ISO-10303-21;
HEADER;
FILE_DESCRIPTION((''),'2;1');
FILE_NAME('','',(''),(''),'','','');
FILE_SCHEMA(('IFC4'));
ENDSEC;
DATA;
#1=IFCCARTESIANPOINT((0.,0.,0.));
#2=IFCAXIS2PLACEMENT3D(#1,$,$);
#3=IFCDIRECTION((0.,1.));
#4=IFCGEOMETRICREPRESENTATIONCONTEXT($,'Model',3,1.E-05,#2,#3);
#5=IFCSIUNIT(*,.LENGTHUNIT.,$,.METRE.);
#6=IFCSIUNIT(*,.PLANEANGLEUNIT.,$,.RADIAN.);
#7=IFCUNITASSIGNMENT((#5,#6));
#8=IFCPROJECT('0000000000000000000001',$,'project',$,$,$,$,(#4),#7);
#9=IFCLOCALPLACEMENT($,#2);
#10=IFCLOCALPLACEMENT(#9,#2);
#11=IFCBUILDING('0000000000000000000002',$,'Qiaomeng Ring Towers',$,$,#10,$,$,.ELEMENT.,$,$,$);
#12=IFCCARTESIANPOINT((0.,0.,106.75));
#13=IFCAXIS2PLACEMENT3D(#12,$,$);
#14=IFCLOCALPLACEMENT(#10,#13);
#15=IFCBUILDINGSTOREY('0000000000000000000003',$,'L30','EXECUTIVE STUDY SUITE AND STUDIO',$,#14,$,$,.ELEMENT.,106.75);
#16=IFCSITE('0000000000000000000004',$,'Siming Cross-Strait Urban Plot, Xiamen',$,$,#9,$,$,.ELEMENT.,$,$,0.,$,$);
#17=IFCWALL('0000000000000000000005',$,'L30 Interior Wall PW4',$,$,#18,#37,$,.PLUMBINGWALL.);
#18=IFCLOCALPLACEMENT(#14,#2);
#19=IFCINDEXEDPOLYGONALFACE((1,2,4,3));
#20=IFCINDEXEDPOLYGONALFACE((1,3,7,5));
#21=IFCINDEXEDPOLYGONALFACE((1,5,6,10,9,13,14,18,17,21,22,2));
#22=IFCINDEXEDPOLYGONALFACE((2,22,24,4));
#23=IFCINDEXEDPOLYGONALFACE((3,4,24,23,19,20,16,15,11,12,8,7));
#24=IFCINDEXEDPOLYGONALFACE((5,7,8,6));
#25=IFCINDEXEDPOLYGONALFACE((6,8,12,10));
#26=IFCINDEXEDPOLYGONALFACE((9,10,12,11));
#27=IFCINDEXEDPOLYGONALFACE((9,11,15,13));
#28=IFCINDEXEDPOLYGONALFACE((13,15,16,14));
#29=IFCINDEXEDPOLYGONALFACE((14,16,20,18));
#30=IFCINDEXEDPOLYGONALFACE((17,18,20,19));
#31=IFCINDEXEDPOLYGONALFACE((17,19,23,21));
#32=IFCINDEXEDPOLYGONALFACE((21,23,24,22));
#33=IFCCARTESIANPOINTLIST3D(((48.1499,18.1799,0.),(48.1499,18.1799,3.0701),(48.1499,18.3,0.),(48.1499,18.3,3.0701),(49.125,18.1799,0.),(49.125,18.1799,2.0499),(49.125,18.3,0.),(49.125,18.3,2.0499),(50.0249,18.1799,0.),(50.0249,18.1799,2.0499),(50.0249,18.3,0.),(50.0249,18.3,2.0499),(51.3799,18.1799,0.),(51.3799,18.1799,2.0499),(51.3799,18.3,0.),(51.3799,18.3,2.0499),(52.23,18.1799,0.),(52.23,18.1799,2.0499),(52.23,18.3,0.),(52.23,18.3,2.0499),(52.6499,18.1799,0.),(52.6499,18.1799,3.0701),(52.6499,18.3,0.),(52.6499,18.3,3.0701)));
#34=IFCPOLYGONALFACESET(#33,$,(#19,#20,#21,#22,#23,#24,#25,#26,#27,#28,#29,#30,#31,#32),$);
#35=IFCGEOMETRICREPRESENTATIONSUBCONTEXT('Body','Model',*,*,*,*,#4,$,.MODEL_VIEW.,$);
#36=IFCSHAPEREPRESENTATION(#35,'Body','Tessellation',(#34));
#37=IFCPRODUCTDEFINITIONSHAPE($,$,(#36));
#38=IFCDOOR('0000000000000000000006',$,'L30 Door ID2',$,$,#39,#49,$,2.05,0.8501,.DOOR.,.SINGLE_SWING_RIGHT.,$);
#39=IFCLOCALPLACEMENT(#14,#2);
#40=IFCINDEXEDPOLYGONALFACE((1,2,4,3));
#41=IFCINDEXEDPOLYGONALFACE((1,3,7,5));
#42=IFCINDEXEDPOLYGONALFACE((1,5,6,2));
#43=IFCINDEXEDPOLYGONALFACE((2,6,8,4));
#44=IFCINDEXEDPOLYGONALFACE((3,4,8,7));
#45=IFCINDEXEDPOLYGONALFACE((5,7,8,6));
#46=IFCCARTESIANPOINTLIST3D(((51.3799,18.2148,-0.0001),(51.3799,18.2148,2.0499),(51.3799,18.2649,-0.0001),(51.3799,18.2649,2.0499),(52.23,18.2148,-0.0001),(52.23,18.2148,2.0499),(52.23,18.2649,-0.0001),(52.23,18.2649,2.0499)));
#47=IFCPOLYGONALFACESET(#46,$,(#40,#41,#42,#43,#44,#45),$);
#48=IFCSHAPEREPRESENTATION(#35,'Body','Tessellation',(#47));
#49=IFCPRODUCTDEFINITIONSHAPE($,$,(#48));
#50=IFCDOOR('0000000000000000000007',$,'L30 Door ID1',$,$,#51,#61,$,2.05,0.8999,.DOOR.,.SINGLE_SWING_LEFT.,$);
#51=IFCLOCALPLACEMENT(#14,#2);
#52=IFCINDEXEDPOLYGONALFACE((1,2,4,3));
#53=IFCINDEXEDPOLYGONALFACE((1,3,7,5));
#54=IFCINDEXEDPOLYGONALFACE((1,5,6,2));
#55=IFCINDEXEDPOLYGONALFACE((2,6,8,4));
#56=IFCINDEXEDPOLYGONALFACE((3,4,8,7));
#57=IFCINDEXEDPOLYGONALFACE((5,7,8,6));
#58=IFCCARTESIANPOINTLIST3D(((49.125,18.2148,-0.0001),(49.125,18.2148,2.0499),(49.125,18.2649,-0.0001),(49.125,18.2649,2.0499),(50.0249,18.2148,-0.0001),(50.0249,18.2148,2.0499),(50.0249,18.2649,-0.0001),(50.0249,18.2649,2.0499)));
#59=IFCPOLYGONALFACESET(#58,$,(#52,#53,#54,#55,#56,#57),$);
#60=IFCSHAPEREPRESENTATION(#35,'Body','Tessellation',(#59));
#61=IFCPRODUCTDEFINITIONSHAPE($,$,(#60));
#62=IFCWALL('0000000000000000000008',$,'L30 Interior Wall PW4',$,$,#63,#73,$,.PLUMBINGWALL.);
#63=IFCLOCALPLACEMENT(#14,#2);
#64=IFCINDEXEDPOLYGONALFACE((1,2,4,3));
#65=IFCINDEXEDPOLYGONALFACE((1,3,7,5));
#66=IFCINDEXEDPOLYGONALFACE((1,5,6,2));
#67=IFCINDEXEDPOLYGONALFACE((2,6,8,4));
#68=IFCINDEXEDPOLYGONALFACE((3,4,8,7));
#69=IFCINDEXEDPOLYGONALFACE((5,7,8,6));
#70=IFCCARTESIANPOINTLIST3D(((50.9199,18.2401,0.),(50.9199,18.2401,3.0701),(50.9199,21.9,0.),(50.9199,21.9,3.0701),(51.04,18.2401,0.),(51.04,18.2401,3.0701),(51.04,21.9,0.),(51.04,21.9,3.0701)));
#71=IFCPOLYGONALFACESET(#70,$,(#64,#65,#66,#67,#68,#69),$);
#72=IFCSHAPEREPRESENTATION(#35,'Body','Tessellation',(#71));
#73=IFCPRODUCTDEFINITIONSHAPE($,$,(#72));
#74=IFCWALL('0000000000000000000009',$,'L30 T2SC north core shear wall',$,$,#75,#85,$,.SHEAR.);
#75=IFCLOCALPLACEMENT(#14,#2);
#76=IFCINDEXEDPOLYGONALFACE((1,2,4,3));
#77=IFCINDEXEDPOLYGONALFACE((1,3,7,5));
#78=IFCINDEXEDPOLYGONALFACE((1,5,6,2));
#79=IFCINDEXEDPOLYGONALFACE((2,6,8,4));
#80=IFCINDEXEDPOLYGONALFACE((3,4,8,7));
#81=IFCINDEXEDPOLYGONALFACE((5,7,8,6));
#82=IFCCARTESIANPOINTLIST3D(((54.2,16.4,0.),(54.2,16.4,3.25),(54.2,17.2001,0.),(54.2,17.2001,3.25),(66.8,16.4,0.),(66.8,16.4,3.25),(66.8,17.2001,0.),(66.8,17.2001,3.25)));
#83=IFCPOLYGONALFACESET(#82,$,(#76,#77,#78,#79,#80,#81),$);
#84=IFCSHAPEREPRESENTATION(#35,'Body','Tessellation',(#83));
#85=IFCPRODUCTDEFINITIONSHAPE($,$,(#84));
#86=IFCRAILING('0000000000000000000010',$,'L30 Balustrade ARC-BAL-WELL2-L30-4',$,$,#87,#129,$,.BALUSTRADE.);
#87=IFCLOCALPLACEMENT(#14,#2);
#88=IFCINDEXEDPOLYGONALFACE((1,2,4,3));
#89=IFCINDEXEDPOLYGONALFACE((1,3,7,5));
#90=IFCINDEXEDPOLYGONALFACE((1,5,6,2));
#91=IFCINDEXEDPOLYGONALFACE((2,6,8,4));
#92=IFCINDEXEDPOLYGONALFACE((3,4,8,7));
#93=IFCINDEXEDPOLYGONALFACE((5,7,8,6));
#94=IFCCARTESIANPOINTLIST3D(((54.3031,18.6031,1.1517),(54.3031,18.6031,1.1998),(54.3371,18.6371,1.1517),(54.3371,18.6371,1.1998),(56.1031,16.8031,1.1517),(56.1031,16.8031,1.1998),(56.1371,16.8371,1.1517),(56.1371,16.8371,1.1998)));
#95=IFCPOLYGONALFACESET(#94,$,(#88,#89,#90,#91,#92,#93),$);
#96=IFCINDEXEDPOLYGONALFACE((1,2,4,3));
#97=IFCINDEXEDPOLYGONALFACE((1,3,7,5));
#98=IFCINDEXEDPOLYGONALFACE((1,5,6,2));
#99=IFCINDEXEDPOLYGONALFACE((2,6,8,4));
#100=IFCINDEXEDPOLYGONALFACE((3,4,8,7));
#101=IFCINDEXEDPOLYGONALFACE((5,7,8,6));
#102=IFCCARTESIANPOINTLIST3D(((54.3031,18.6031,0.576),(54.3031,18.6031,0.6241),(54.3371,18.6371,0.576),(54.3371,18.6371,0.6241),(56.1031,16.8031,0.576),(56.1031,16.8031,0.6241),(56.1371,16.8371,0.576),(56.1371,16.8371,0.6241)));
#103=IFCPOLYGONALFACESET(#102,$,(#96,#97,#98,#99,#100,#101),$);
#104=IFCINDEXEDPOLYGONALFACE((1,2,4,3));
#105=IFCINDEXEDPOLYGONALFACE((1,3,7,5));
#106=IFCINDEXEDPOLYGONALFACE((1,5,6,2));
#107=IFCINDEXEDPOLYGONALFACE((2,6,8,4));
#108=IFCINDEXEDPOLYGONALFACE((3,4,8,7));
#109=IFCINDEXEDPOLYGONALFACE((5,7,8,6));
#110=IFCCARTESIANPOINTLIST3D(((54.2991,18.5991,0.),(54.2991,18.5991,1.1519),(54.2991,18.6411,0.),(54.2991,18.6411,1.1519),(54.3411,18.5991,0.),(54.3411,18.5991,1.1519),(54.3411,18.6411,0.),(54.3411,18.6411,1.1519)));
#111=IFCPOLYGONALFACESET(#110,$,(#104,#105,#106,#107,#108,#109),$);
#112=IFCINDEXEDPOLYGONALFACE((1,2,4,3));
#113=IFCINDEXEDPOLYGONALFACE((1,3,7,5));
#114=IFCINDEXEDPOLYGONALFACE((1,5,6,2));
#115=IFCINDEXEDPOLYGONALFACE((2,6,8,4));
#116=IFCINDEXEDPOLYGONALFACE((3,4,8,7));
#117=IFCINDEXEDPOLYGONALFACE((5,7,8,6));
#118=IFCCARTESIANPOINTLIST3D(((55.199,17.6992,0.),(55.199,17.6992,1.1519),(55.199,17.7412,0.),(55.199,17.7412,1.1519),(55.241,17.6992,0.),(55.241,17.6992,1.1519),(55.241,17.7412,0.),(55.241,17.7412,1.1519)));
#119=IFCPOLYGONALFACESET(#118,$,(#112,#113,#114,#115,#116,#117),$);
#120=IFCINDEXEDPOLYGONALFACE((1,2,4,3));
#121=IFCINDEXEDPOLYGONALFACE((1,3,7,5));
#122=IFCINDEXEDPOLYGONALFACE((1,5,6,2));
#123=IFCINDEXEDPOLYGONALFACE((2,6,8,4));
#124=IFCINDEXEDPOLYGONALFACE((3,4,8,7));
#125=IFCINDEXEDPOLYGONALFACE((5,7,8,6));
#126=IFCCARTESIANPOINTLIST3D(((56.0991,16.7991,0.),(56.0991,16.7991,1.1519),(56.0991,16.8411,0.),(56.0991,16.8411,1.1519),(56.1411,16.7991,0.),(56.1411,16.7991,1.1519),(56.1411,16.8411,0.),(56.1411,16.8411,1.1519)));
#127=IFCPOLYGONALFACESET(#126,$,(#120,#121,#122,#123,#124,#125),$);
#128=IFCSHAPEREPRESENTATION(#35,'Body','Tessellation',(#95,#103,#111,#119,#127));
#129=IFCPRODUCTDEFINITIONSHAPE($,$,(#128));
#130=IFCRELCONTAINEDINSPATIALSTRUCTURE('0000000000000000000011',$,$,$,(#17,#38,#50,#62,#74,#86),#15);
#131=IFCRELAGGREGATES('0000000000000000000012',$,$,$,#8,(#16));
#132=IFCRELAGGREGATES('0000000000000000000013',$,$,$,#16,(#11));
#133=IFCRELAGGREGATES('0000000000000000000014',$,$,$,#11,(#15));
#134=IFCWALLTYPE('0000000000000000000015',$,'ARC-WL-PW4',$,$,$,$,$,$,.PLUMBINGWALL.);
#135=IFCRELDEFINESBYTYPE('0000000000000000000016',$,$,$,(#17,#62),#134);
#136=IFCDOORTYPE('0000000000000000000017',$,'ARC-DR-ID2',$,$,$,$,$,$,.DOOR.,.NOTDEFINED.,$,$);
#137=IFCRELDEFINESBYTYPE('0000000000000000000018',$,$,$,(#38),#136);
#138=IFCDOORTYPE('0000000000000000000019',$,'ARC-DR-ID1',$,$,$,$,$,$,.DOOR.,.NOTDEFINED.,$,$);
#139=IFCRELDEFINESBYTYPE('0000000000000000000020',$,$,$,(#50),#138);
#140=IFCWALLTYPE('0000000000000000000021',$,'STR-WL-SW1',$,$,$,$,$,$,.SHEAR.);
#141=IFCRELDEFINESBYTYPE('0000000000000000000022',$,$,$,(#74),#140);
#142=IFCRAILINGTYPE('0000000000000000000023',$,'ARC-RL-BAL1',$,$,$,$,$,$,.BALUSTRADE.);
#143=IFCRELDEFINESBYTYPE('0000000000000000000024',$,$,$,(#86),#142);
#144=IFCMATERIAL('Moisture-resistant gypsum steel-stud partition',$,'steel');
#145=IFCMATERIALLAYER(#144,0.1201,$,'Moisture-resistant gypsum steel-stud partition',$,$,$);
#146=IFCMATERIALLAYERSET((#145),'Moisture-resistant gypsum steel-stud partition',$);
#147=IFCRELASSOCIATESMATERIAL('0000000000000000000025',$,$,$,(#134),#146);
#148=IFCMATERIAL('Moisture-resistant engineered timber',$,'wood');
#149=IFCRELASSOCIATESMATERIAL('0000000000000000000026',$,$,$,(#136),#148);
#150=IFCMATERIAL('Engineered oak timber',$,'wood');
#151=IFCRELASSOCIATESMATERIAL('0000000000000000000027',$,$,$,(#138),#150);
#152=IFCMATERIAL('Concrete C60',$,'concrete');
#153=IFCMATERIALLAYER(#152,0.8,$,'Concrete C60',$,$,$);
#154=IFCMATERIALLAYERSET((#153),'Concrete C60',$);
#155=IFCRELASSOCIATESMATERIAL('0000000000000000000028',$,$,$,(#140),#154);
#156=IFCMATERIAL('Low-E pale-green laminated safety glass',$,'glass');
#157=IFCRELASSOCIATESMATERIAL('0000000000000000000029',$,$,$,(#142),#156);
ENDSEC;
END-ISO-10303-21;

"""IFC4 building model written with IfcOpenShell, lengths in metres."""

from ifc_helpers import new_model, si_unit, direction, frame, frame_2d, origin, origin_2d, place, context, subcontext, project, spatial, rectangle, extrude, source, transform, mapped, material, layer, layer_set, type_object, element, fill, save


model = new_model("IFC4")

# Units and contexts
model_context = context("Model", 3, precision=1e-05, world=origin(), true_north=direction((0.0, 1.0)))
body_context = subcontext(model_context, "Body", "Model", "MODEL_VIEW")
ifc_project = project(units=[si_unit("LENGTHUNIT", "METRE"), si_unit("PLANEANGLEUNIT", "RADIAN")], contexts=[model_context])

# Site, building, storey
site_placement = place(None, origin())
site = spatial("IfcSite", under=ifc_project, at=site_placement, Name="Siming Cross-Strait Urban Plot, Xiamen", CompositionType="ELEMENT", RefElevation=0.0)
building_placement = place(site_placement, origin())
building = spatial("IfcBuilding", under=site, at=building_placement, Name="Qiaomeng Ring Towers", CompositionType="ELEMENT")
storey_placement = place(building_placement, frame((0.0, 0.0, 106.75)))
storey = spatial("IfcBuildingStorey", under=building, at=storey_placement, Name="L30", Description="EXECUTIVE STUDY SUITE AND STUDIO", CompositionType="ELEMENT", Elevation=106.75)

# Wall, openings, doors
ifc_material_1 = material(Name="Moisture-resistant gypsum steel-stud partition", Category="steel")
ifc_layer_1 = layer(ifc_material_1, 0.1201, Name="Moisture-resistant gypsum steel-stud partition")
ifc_layer_set_1 = layer_set([ifc_layer_1], Name="Moisture-resistant gypsum steel-stud partition")
wall_type_1 = type_object("IfcWallType", Name="ARC-WL-PW4", PredefinedType="PLUMBINGWALL", material=ifc_layer_set_1)
wall_1_placement = place(storey_placement, frame((48.1499, 18.24, 0.0), z_axis=(0.0, 0.0, 1.0), x_axis=(1.0, 0.0, 0.0)))
wall_1 = element("IfcWall", 1, at=wall_1_placement, inside=storey, type_object=wall_type_1, Name="L30 Interior Wall PW4", PredefinedType="PLUMBINGWALL", context=body_context, shape_type="SweptSolid", body=[
    extrude(rectangle(XDim=4.5, YDim=0.1201, at=frame_2d((2.25, 0.0))), origin(), (0.0, 0.0, 1.0), 3.0701),
])
opening_1_placement = place(wall_1_placement, frame((0.9751, 0.0, 0.0)))
opening_1 = element("IfcOpeningElement", 2, at=opening_1_placement, cuts=wall_1, PredefinedType="OPENING", context=body_context, shape_type="SweptSolid", body=[
    extrude(rectangle(XDim=0.8999, YDim=2.05, at=frame_2d((0.45, 1.0249))), frame((0.0, 0.0701, 0.0), z_axis=(0.0, -1.0, 0.0), x_axis=(1.0, 0.0, 0.0)), (0.0, 0.0, 1.0), 0.1401),
])
opening_2_placement = place(wall_1_placement, frame((3.23, 0.0, 0.0)))
opening_2 = element("IfcOpeningElement", 3, at=opening_2_placement, cuts=wall_1, PredefinedType="OPENING", context=body_context, shape_type="SweptSolid", body=[
    extrude(rectangle(XDim=0.8501, YDim=2.05, at=frame_2d((0.425, 1.0249))), frame((0.0, 0.0701, 0.0), z_axis=(0.0, -1.0, 0.0), x_axis=(1.0, 0.0, 0.0)), (0.0, 0.0, 1.0), 0.1401),
])
ifc_material_2 = material(Name="Moisture-resistant engineered timber", Category="wood")
door_type_1 = type_object("IfcDoorType", Name="ARC-DR-ID2", OperationType="NOTDEFINED", PredefinedType="DOOR", material=ifc_material_2)
shared_shape_1 = source(origin(), body_context, "Body", "SweptSolid", [
    extrude(rectangle(XDim=0.8501, YDim=2.05, at=frame_2d((0.425, 1.0249))), frame((0.0, 0.0249, 0.0), z_axis=(0.0, -1.0, 0.0), x_axis=(1.0, 0.0, 0.0)), (0.0, 0.0, 1.0), 0.05),
])
door_1_placement = place(opening_2_placement, origin())
door_1 = element("IfcDoor", 4, at=door_1_placement, inside=storey, type_object=door_type_1, Name="L30 Door ID2", OperationType="SINGLE_SWING_RIGHT", OverallHeight=2.05, OverallWidth=0.8501, PredefinedType="DOOR", context=body_context, shape_type="MappedRepresentation", body=[
    mapped(shared_shape_1, transform((0.0, 0.0, 0.0), x_axis=(1.0, 0.0, 0.0), y_axis=(0.0, 1.0, 0.0), z_axis=(0.0, 0.0, 1.0), scale=1.0)),
])
fill(opening_2, door_1)
ifc_material_3 = material(Name="Engineered oak timber", Category="wood")
door_type_2 = type_object("IfcDoorType", Name="ARC-DR-ID1", OperationType="NOTDEFINED", PredefinedType="DOOR", material=ifc_material_3)
shared_shape_2 = source(origin(), body_context, "Body", "SweptSolid", [
    extrude(rectangle(XDim=0.8999, YDim=2.05, at=frame_2d((0.45, 1.0249))), frame((0.0, 0.0249, 0.0), z_axis=(0.0, -1.0, 0.0), x_axis=(1.0, 0.0, 0.0)), (0.0, 0.0, 1.0), 0.05),
])
door_2_placement = place(opening_1_placement, origin())
door_2 = element("IfcDoor", 5, at=door_2_placement, inside=storey, type_object=door_type_2, Name="L30 Door ID1", OperationType="SINGLE_SWING_LEFT", OverallHeight=2.05, OverallWidth=0.8999, PredefinedType="DOOR", context=body_context, shape_type="MappedRepresentation", body=[
    mapped(shared_shape_2, transform((0.0, 0.0, 0.0), x_axis=(1.0, 0.0, 0.0), y_axis=(0.0, 1.0, 0.0), z_axis=(0.0, 0.0, 1.0), scale=1.0)),
])
fill(opening_1, door_2)

# Walls
wall_2_placement = place(storey_placement, frame((50.98, 18.24, 0.0), z_axis=(0.0, 0.0, 1.0), x_axis=(0.0, 1.0, 0.0)))
element("IfcWall", 6, at=wall_2_placement, inside=storey, type_object=wall_type_1, Name="L30 Interior Wall PW4", PredefinedType="PLUMBINGWALL", context=body_context, shape_type="SweptSolid", body=[
    extrude(rectangle(XDim=3.6599, YDim=0.1201, at=frame_2d((1.8301, 0.0))), origin(), (0.0, 0.0, 1.0), 3.0701),
])
ifc_material_4 = material(Name="Concrete C60", Category="concrete")
ifc_layer_2 = layer(ifc_material_4, 0.8, Name="Concrete C60")
ifc_layer_set_2 = layer_set([ifc_layer_2], Name="Concrete C60")
wall_type_2 = type_object("IfcWallType", Name="STR-WL-SW1", PredefinedType="SHEAR", material=ifc_layer_set_2)
wall_3_placement = place(storey_placement, frame((54.2, 16.8, 0.0), z_axis=(0.0, 0.0, 1.0), x_axis=(1.0, 0.0, 0.0)))
element("IfcWall", 7, at=wall_3_placement, inside=storey, type_object=wall_type_2, Name="L30 T2SC north core shear wall", PredefinedType="SHEAR", context=body_context, shape_type="SweptSolid", body=[
    extrude(rectangle(XDim=12.6001, YDim=0.8, at=frame_2d((6.3, 0.0))), origin(), (0.0, 0.0, 1.0), 3.25),
])

# Railing
ifc_material_5 = material(Name="Low-E pale-green laminated safety glass", Category="glass")
railing_type = type_object("IfcRailingType", Name="ARC-RL-BAL1", PredefinedType="BALUSTRADE", material=ifc_material_5)
railing_placement = place(storey_placement, frame((54.3201, 18.6201, 0.0)))
element("IfcRailing", 8, at=railing_placement, inside=storey, type_object=railing_type, Name="L30 Balustrade ARC-BAL-WELL2-L30-4", PredefinedType="BALUSTRADE", context=body_context, shape_type="SweptSolid", body=[
    extrude(rectangle(XDim=0.0481, YDim=0.0481, at=origin_2d()), frame((0.0, 0.0, 1.1758), z_axis=(0.707107, -0.707107, 0.0), x_axis=(0.707107, 0.707107, 0.0)), (0.0, 0.0, 1.0), 2.5457),
    extrude(rectangle(XDim=0.0481, YDim=0.0481, at=origin_2d()), frame((0.0, 0.0, 0.6001), z_axis=(0.707107, -0.707107, 0.0), x_axis=(0.707107, 0.707107, 0.0)), (0.0, 0.0, 1.0), 2.5457),
    extrude(rectangle(XDim=0.042, YDim=0.042, at=origin_2d()), origin(), (0.0, 0.0, 1.0), 1.1519),
    extrude(rectangle(XDim=0.042, YDim=0.042, at=origin_2d()), frame((0.8999, -0.8999, 0.0)), (0.0, 0.0, 1.0), 1.1519),
    extrude(rectangle(XDim=0.042, YDim=0.042, at=origin_2d()), frame((1.8, -1.8, 0.0)), (0.0, 0.0, 1.0), 1.1519),
])

save(model, "model.ifc")
